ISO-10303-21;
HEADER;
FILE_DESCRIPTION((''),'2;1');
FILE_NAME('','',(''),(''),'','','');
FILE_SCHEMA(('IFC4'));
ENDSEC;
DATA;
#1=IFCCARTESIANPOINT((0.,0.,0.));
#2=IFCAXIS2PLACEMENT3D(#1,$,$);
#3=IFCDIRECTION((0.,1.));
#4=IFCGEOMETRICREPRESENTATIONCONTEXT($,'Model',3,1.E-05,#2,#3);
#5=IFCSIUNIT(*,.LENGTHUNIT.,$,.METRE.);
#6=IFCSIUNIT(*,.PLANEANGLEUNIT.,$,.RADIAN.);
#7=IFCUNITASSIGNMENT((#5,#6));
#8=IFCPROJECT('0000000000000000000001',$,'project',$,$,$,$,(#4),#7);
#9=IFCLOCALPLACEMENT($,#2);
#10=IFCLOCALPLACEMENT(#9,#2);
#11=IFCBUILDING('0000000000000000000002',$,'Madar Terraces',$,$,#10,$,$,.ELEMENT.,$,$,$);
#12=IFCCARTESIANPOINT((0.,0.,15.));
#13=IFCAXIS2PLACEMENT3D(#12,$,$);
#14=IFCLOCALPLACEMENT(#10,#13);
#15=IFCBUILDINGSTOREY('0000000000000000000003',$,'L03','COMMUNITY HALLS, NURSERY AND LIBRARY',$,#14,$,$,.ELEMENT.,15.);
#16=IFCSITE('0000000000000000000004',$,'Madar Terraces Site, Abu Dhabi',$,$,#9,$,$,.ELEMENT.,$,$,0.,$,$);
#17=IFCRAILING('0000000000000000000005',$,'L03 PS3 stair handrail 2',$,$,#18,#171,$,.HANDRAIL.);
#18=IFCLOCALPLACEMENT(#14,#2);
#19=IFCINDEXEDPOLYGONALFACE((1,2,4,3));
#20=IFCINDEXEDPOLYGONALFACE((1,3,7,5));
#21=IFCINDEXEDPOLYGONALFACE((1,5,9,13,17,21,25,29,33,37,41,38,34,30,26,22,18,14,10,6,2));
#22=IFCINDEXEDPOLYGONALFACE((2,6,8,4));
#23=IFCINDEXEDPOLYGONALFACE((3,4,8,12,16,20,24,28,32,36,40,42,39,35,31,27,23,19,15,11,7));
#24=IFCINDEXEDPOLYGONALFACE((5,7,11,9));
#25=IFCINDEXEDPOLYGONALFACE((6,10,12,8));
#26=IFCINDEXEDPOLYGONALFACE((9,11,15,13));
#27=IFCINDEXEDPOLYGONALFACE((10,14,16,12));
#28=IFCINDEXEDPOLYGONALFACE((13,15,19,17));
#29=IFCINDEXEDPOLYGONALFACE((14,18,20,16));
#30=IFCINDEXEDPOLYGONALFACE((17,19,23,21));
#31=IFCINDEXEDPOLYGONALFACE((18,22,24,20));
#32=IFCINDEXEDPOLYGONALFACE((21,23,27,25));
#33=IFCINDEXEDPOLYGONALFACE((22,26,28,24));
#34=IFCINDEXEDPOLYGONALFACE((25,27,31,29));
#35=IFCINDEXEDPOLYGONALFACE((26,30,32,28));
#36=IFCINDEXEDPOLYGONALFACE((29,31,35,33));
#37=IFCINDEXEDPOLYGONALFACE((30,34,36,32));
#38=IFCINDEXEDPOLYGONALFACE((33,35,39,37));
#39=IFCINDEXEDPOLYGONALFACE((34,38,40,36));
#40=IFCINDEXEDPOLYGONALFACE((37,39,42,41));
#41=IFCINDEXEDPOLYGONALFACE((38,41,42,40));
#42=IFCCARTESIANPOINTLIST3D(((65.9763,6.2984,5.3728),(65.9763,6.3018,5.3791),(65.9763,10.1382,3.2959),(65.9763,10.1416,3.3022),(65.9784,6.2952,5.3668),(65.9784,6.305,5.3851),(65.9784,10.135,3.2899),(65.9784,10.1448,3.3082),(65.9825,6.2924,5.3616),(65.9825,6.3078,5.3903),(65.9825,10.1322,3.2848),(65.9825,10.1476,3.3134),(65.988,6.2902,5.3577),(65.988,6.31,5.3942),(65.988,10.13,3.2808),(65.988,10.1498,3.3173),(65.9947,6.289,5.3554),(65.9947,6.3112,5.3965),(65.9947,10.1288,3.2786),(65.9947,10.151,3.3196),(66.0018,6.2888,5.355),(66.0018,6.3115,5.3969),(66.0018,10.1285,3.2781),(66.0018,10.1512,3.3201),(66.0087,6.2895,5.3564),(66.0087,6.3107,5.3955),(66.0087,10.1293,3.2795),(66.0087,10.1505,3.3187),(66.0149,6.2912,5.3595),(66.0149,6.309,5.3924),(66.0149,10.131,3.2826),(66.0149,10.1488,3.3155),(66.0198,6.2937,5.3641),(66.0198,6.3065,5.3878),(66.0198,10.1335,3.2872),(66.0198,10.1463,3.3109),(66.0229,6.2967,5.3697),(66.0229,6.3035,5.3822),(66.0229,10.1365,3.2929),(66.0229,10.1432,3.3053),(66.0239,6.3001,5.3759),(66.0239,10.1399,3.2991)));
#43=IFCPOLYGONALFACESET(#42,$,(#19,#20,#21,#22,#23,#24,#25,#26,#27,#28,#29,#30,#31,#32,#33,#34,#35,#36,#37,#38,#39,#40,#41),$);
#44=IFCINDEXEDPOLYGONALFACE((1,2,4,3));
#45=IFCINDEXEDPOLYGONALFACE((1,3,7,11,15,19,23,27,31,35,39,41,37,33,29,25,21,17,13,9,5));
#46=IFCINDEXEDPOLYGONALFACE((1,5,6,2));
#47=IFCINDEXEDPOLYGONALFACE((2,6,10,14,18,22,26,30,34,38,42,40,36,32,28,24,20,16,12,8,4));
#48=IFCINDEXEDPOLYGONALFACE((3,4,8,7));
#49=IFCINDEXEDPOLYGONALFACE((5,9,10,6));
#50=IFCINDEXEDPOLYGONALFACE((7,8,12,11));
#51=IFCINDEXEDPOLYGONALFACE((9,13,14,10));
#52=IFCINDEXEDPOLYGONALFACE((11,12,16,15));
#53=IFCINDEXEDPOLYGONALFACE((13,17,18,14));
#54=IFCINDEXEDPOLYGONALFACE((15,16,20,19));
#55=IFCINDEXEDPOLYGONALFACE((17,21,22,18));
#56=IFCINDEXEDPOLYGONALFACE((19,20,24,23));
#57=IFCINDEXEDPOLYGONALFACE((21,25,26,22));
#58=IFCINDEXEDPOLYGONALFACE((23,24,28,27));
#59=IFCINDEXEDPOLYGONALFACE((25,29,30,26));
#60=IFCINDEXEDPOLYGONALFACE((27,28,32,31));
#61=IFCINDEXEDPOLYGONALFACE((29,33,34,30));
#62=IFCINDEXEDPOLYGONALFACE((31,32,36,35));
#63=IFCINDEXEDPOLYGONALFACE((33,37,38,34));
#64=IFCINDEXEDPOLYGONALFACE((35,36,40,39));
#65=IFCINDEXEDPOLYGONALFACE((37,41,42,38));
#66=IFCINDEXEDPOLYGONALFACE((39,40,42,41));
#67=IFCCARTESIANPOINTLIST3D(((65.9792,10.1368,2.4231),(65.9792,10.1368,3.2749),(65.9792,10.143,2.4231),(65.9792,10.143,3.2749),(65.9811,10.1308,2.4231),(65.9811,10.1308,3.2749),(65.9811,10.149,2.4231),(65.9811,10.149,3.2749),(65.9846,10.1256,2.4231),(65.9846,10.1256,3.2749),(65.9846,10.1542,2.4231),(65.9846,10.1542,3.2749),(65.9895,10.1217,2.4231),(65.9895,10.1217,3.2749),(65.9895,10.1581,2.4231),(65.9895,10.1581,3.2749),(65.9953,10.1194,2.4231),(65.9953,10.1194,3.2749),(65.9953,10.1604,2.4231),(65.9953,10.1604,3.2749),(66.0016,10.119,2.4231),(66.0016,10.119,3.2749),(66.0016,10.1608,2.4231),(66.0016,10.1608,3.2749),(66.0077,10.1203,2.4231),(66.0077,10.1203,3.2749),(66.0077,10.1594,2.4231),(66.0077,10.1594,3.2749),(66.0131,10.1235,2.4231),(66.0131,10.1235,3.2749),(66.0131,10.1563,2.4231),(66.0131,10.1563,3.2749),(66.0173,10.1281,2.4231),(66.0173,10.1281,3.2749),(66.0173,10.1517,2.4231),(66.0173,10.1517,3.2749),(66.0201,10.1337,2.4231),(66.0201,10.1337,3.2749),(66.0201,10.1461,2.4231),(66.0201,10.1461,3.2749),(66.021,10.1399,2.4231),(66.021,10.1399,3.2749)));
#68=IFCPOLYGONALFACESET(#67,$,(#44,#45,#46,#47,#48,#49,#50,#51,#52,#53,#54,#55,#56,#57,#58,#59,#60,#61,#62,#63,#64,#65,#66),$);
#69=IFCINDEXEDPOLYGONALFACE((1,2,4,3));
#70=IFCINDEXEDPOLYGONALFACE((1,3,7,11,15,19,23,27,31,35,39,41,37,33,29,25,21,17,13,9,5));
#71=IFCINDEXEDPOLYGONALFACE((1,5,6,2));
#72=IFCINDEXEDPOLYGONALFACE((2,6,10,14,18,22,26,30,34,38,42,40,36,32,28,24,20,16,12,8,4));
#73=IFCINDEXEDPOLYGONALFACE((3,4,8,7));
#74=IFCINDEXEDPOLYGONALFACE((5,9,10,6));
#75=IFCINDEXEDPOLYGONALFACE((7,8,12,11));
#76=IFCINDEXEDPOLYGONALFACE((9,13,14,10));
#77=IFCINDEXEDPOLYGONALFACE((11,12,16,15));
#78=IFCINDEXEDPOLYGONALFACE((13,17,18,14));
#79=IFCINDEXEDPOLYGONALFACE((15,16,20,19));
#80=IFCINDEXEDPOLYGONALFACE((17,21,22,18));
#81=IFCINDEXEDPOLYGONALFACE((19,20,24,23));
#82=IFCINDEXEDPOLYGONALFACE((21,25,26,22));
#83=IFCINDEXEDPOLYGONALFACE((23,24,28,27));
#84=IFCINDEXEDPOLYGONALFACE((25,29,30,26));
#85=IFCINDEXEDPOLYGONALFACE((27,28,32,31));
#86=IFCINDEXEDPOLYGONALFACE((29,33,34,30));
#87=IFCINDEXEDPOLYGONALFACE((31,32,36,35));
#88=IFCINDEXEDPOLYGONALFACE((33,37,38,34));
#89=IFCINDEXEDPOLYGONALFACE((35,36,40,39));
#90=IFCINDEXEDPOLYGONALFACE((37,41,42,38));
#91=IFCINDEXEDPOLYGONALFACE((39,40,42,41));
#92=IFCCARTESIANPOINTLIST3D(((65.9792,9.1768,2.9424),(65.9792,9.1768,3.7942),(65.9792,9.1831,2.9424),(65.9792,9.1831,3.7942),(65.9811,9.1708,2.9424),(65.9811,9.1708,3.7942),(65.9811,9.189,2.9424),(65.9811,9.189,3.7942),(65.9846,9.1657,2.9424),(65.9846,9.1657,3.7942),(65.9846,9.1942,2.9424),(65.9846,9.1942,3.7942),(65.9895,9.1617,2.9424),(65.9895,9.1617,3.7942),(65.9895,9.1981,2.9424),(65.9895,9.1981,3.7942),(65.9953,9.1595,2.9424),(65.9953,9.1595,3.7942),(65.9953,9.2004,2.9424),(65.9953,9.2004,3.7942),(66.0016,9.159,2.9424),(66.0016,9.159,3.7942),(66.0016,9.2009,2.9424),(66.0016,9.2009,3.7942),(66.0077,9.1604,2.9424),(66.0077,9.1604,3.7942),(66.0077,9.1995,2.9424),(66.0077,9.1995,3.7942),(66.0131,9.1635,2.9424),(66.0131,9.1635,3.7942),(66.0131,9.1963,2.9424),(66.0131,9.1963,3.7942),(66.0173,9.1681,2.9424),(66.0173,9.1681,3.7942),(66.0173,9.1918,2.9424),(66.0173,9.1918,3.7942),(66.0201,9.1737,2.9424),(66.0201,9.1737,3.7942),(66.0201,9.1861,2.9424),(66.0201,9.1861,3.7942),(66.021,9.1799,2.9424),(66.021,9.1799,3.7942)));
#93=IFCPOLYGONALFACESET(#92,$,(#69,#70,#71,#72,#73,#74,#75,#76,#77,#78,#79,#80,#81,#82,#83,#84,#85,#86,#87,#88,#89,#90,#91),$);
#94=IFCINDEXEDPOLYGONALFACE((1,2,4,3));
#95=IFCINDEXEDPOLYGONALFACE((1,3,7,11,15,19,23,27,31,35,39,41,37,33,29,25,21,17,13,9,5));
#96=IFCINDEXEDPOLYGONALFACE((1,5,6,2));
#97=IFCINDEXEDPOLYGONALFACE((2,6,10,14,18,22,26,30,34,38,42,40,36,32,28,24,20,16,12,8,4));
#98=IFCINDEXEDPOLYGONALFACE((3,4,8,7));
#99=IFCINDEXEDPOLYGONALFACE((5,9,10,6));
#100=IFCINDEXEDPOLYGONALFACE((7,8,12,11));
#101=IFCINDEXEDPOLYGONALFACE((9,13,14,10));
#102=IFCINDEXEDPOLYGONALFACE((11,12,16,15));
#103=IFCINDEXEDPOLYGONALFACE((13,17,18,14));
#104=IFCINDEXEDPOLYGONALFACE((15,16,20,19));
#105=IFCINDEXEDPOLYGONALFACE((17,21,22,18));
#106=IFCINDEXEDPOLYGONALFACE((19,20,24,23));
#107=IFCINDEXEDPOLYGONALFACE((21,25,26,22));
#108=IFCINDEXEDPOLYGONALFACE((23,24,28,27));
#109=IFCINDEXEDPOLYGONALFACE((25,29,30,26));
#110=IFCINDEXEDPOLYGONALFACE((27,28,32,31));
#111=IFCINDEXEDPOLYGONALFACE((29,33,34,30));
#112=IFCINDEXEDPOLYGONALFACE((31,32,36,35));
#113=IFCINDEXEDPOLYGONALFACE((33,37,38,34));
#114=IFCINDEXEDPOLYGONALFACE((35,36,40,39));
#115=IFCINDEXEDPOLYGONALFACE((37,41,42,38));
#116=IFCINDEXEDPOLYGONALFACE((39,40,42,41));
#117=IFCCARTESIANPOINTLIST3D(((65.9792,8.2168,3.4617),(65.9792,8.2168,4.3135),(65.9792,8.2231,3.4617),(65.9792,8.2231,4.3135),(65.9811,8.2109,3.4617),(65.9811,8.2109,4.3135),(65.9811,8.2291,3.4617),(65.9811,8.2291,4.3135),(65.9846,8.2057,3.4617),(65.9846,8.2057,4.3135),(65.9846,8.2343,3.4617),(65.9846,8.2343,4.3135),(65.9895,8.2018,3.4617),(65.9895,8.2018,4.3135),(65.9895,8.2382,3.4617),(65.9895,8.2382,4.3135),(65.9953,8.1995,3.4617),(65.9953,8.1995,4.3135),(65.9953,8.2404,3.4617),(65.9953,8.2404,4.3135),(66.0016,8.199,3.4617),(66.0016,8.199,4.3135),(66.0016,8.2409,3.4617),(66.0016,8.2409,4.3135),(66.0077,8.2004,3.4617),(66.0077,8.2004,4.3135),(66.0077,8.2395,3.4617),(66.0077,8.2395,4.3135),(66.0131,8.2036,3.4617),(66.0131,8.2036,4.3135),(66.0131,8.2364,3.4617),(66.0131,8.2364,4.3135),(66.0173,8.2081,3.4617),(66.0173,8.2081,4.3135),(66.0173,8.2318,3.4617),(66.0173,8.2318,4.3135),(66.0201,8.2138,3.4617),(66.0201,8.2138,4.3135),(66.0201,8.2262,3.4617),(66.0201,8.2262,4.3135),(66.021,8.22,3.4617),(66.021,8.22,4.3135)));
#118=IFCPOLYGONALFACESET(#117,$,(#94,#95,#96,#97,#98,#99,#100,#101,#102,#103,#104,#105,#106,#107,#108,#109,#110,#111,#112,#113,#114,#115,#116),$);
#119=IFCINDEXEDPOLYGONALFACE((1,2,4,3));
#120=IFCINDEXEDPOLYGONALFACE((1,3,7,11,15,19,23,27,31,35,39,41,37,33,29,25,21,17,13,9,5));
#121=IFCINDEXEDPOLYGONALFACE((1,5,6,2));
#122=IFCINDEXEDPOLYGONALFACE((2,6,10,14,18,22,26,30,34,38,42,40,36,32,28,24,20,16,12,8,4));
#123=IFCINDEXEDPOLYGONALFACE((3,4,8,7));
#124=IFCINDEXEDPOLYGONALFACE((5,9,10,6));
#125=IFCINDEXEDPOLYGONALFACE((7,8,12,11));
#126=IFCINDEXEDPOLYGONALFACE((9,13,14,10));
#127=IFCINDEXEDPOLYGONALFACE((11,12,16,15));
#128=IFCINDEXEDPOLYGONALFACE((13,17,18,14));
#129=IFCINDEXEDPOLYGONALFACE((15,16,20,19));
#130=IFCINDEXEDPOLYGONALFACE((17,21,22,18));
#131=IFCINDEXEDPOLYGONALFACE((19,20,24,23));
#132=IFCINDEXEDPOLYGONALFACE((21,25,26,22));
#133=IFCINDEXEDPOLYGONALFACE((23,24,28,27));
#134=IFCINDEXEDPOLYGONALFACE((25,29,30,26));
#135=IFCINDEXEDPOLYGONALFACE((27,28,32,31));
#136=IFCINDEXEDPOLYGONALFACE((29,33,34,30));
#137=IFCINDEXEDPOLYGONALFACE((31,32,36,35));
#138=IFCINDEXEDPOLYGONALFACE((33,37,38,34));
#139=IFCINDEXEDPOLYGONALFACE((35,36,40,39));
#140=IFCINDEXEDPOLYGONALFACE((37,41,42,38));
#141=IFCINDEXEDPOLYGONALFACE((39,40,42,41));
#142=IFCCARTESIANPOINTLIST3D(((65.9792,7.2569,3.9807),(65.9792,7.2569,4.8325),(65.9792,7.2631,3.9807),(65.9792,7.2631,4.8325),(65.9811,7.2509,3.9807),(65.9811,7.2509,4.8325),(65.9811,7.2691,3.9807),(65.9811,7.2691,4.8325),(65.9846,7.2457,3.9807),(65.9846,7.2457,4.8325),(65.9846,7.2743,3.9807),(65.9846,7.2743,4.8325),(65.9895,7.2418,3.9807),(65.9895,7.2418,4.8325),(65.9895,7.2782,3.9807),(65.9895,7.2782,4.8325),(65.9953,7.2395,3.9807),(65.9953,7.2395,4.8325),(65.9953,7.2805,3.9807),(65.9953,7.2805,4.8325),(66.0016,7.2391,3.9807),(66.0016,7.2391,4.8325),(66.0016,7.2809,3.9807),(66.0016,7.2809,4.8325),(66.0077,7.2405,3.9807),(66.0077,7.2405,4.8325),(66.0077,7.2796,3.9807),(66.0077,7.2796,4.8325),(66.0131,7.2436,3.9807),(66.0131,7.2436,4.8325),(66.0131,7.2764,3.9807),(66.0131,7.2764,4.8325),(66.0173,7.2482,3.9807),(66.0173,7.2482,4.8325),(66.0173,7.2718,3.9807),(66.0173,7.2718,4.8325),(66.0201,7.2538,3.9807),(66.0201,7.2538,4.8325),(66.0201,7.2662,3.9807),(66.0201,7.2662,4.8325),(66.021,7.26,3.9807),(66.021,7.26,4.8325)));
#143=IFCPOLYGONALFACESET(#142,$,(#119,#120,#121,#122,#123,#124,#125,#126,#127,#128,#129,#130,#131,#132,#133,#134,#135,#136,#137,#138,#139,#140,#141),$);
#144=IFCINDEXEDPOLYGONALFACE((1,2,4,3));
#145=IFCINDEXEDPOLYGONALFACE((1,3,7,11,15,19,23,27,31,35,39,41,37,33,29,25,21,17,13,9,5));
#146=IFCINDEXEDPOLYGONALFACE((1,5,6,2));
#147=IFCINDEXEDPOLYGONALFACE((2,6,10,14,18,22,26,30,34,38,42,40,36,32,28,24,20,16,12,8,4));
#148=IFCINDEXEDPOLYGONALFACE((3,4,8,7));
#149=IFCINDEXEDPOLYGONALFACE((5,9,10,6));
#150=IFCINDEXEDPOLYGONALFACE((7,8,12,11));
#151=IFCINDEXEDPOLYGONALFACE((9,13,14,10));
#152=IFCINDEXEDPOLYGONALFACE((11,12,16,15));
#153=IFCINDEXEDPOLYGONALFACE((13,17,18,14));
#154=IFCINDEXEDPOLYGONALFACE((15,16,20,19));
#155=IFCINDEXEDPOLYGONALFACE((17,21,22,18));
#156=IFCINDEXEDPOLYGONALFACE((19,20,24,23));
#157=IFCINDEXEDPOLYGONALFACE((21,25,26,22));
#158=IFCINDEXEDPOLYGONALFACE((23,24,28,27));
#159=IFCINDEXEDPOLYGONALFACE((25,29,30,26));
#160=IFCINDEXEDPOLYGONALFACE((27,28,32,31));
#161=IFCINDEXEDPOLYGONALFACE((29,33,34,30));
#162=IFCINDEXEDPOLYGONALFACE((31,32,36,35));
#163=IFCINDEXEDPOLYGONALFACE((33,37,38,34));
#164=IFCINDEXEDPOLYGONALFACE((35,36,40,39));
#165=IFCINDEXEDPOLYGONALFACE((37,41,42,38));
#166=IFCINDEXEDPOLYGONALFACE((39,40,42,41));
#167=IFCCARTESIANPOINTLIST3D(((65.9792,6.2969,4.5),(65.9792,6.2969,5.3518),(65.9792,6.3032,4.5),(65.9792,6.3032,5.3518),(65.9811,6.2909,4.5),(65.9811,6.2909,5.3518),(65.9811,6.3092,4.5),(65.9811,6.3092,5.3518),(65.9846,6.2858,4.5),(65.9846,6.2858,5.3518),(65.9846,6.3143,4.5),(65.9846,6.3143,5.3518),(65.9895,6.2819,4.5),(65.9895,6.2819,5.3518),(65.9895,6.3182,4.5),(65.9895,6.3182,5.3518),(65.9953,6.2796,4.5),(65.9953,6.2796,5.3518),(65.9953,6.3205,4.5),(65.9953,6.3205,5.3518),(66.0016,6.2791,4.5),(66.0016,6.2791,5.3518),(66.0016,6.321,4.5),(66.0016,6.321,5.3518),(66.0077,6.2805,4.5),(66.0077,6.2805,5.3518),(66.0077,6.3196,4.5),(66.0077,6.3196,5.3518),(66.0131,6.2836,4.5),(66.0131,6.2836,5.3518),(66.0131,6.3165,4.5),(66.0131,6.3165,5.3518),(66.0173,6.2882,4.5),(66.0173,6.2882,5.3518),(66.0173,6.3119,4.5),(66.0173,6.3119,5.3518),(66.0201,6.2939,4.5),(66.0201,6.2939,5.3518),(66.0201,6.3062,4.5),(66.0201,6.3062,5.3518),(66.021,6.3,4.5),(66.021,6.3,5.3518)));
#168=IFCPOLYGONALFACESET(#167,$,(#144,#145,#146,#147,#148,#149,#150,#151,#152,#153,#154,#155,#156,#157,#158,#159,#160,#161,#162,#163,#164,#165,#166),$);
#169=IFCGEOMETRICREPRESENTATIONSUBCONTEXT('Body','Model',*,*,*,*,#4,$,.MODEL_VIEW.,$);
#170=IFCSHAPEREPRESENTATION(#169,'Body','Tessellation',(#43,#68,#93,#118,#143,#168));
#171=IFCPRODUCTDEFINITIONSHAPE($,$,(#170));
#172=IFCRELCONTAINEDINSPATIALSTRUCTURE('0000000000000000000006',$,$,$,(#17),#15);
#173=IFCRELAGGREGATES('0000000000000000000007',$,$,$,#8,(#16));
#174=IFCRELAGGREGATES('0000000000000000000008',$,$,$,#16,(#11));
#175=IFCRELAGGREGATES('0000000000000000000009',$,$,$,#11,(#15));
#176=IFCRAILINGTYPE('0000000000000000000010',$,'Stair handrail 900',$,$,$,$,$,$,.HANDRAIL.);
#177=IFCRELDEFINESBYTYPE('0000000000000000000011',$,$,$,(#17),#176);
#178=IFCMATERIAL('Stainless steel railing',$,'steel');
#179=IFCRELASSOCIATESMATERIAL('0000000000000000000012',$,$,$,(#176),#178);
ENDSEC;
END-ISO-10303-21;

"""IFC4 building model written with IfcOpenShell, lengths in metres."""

from ifc_helpers import new_model, si_unit, direction, frame, origin, origin_2d, place, context, subcontext, project, spatial, circle, extrude, material, type_object, element, save


model = new_model("IFC4")

# Units and contexts
model_context = context("Model", 3, precision=1e-05, world=origin(), true_north=direction((0.0, 1.0)))
body_context = subcontext(model_context, "Body", "Model", "MODEL_VIEW")
ifc_project = project(units=[si_unit("LENGTHUNIT", "METRE"), si_unit("PLANEANGLEUNIT", "RADIAN")], contexts=[model_context])

# Site, building, storey
site_placement = place(None, origin())
site = spatial("IfcSite", under=ifc_project, at=site_placement, Name="Madar Terraces Site, Abu Dhabi", CompositionType="ELEMENT", RefElevation=0.0)
building_placement = place(site_placement, origin())
building = spatial("IfcBuilding", under=site, at=building_placement, Name="Madar Terraces", CompositionType="ELEMENT")
storey_placement = place(building_placement, frame((0.0, 0.0, 15.0)))
storey = spatial("IfcBuildingStorey", under=building, at=storey_placement, Name="L03", Description="COMMUNITY HALLS, NURSERY AND LIBRARY", CompositionType="ELEMENT", Elevation=15.0)

# Railing
ifc_material_1 = material(Name="Stainless steel railing", Category="steel")
railing_type_1 = type_object("IfcRailingType", Name="Stair handrail 900", PredefinedType="HANDRAIL", material=ifc_material_1)
railing_1_placement = place(storey_placement, frame((66.0, 10.1399, 2.4231)))
element("IfcRailing", 1, at=railing_1_placement, inside=storey, type_object=railing_type_1, Name="L03 PS3 stair handrail 2", PredefinedType="HANDRAIL", context=body_context, shape_type="SweptSolid", body=[
    extrude(circle(Radius=0.0239, at=origin_2d()), frame((0.0, 0.0, 0.876), z_axis=(0.0, -0.879581, 0.47575), x_axis=(1.0, 0.0, 0.0)), (0.0, 0.0, 1.0), 4.3655),
    extrude(circle(Radius=0.021, at=origin_2d()), origin(), (0.0, 0.0, 1.0), 0.8518),
    extrude(circle(Radius=0.021, at=origin_2d()), frame((0.0, -0.96, 0.5193)), (0.0, 0.0, 1.0), 0.8518),
    extrude(circle(Radius=0.021, at=origin_2d()), frame((0.0, -1.9199, 1.0386)), (0.0, 0.0, 1.0), 0.8518),
    extrude(circle(Radius=0.021, at=origin_2d()), frame((0.0, -2.8799, 1.5576)), (0.0, 0.0, 1.0), 0.8518),
    extrude(circle(Radius=0.021, at=origin_2d()), frame((0.0, -3.8398, 2.0769)), (0.0, 0.0, 1.0), 0.8518),
])

save(model, "model.ifc")
